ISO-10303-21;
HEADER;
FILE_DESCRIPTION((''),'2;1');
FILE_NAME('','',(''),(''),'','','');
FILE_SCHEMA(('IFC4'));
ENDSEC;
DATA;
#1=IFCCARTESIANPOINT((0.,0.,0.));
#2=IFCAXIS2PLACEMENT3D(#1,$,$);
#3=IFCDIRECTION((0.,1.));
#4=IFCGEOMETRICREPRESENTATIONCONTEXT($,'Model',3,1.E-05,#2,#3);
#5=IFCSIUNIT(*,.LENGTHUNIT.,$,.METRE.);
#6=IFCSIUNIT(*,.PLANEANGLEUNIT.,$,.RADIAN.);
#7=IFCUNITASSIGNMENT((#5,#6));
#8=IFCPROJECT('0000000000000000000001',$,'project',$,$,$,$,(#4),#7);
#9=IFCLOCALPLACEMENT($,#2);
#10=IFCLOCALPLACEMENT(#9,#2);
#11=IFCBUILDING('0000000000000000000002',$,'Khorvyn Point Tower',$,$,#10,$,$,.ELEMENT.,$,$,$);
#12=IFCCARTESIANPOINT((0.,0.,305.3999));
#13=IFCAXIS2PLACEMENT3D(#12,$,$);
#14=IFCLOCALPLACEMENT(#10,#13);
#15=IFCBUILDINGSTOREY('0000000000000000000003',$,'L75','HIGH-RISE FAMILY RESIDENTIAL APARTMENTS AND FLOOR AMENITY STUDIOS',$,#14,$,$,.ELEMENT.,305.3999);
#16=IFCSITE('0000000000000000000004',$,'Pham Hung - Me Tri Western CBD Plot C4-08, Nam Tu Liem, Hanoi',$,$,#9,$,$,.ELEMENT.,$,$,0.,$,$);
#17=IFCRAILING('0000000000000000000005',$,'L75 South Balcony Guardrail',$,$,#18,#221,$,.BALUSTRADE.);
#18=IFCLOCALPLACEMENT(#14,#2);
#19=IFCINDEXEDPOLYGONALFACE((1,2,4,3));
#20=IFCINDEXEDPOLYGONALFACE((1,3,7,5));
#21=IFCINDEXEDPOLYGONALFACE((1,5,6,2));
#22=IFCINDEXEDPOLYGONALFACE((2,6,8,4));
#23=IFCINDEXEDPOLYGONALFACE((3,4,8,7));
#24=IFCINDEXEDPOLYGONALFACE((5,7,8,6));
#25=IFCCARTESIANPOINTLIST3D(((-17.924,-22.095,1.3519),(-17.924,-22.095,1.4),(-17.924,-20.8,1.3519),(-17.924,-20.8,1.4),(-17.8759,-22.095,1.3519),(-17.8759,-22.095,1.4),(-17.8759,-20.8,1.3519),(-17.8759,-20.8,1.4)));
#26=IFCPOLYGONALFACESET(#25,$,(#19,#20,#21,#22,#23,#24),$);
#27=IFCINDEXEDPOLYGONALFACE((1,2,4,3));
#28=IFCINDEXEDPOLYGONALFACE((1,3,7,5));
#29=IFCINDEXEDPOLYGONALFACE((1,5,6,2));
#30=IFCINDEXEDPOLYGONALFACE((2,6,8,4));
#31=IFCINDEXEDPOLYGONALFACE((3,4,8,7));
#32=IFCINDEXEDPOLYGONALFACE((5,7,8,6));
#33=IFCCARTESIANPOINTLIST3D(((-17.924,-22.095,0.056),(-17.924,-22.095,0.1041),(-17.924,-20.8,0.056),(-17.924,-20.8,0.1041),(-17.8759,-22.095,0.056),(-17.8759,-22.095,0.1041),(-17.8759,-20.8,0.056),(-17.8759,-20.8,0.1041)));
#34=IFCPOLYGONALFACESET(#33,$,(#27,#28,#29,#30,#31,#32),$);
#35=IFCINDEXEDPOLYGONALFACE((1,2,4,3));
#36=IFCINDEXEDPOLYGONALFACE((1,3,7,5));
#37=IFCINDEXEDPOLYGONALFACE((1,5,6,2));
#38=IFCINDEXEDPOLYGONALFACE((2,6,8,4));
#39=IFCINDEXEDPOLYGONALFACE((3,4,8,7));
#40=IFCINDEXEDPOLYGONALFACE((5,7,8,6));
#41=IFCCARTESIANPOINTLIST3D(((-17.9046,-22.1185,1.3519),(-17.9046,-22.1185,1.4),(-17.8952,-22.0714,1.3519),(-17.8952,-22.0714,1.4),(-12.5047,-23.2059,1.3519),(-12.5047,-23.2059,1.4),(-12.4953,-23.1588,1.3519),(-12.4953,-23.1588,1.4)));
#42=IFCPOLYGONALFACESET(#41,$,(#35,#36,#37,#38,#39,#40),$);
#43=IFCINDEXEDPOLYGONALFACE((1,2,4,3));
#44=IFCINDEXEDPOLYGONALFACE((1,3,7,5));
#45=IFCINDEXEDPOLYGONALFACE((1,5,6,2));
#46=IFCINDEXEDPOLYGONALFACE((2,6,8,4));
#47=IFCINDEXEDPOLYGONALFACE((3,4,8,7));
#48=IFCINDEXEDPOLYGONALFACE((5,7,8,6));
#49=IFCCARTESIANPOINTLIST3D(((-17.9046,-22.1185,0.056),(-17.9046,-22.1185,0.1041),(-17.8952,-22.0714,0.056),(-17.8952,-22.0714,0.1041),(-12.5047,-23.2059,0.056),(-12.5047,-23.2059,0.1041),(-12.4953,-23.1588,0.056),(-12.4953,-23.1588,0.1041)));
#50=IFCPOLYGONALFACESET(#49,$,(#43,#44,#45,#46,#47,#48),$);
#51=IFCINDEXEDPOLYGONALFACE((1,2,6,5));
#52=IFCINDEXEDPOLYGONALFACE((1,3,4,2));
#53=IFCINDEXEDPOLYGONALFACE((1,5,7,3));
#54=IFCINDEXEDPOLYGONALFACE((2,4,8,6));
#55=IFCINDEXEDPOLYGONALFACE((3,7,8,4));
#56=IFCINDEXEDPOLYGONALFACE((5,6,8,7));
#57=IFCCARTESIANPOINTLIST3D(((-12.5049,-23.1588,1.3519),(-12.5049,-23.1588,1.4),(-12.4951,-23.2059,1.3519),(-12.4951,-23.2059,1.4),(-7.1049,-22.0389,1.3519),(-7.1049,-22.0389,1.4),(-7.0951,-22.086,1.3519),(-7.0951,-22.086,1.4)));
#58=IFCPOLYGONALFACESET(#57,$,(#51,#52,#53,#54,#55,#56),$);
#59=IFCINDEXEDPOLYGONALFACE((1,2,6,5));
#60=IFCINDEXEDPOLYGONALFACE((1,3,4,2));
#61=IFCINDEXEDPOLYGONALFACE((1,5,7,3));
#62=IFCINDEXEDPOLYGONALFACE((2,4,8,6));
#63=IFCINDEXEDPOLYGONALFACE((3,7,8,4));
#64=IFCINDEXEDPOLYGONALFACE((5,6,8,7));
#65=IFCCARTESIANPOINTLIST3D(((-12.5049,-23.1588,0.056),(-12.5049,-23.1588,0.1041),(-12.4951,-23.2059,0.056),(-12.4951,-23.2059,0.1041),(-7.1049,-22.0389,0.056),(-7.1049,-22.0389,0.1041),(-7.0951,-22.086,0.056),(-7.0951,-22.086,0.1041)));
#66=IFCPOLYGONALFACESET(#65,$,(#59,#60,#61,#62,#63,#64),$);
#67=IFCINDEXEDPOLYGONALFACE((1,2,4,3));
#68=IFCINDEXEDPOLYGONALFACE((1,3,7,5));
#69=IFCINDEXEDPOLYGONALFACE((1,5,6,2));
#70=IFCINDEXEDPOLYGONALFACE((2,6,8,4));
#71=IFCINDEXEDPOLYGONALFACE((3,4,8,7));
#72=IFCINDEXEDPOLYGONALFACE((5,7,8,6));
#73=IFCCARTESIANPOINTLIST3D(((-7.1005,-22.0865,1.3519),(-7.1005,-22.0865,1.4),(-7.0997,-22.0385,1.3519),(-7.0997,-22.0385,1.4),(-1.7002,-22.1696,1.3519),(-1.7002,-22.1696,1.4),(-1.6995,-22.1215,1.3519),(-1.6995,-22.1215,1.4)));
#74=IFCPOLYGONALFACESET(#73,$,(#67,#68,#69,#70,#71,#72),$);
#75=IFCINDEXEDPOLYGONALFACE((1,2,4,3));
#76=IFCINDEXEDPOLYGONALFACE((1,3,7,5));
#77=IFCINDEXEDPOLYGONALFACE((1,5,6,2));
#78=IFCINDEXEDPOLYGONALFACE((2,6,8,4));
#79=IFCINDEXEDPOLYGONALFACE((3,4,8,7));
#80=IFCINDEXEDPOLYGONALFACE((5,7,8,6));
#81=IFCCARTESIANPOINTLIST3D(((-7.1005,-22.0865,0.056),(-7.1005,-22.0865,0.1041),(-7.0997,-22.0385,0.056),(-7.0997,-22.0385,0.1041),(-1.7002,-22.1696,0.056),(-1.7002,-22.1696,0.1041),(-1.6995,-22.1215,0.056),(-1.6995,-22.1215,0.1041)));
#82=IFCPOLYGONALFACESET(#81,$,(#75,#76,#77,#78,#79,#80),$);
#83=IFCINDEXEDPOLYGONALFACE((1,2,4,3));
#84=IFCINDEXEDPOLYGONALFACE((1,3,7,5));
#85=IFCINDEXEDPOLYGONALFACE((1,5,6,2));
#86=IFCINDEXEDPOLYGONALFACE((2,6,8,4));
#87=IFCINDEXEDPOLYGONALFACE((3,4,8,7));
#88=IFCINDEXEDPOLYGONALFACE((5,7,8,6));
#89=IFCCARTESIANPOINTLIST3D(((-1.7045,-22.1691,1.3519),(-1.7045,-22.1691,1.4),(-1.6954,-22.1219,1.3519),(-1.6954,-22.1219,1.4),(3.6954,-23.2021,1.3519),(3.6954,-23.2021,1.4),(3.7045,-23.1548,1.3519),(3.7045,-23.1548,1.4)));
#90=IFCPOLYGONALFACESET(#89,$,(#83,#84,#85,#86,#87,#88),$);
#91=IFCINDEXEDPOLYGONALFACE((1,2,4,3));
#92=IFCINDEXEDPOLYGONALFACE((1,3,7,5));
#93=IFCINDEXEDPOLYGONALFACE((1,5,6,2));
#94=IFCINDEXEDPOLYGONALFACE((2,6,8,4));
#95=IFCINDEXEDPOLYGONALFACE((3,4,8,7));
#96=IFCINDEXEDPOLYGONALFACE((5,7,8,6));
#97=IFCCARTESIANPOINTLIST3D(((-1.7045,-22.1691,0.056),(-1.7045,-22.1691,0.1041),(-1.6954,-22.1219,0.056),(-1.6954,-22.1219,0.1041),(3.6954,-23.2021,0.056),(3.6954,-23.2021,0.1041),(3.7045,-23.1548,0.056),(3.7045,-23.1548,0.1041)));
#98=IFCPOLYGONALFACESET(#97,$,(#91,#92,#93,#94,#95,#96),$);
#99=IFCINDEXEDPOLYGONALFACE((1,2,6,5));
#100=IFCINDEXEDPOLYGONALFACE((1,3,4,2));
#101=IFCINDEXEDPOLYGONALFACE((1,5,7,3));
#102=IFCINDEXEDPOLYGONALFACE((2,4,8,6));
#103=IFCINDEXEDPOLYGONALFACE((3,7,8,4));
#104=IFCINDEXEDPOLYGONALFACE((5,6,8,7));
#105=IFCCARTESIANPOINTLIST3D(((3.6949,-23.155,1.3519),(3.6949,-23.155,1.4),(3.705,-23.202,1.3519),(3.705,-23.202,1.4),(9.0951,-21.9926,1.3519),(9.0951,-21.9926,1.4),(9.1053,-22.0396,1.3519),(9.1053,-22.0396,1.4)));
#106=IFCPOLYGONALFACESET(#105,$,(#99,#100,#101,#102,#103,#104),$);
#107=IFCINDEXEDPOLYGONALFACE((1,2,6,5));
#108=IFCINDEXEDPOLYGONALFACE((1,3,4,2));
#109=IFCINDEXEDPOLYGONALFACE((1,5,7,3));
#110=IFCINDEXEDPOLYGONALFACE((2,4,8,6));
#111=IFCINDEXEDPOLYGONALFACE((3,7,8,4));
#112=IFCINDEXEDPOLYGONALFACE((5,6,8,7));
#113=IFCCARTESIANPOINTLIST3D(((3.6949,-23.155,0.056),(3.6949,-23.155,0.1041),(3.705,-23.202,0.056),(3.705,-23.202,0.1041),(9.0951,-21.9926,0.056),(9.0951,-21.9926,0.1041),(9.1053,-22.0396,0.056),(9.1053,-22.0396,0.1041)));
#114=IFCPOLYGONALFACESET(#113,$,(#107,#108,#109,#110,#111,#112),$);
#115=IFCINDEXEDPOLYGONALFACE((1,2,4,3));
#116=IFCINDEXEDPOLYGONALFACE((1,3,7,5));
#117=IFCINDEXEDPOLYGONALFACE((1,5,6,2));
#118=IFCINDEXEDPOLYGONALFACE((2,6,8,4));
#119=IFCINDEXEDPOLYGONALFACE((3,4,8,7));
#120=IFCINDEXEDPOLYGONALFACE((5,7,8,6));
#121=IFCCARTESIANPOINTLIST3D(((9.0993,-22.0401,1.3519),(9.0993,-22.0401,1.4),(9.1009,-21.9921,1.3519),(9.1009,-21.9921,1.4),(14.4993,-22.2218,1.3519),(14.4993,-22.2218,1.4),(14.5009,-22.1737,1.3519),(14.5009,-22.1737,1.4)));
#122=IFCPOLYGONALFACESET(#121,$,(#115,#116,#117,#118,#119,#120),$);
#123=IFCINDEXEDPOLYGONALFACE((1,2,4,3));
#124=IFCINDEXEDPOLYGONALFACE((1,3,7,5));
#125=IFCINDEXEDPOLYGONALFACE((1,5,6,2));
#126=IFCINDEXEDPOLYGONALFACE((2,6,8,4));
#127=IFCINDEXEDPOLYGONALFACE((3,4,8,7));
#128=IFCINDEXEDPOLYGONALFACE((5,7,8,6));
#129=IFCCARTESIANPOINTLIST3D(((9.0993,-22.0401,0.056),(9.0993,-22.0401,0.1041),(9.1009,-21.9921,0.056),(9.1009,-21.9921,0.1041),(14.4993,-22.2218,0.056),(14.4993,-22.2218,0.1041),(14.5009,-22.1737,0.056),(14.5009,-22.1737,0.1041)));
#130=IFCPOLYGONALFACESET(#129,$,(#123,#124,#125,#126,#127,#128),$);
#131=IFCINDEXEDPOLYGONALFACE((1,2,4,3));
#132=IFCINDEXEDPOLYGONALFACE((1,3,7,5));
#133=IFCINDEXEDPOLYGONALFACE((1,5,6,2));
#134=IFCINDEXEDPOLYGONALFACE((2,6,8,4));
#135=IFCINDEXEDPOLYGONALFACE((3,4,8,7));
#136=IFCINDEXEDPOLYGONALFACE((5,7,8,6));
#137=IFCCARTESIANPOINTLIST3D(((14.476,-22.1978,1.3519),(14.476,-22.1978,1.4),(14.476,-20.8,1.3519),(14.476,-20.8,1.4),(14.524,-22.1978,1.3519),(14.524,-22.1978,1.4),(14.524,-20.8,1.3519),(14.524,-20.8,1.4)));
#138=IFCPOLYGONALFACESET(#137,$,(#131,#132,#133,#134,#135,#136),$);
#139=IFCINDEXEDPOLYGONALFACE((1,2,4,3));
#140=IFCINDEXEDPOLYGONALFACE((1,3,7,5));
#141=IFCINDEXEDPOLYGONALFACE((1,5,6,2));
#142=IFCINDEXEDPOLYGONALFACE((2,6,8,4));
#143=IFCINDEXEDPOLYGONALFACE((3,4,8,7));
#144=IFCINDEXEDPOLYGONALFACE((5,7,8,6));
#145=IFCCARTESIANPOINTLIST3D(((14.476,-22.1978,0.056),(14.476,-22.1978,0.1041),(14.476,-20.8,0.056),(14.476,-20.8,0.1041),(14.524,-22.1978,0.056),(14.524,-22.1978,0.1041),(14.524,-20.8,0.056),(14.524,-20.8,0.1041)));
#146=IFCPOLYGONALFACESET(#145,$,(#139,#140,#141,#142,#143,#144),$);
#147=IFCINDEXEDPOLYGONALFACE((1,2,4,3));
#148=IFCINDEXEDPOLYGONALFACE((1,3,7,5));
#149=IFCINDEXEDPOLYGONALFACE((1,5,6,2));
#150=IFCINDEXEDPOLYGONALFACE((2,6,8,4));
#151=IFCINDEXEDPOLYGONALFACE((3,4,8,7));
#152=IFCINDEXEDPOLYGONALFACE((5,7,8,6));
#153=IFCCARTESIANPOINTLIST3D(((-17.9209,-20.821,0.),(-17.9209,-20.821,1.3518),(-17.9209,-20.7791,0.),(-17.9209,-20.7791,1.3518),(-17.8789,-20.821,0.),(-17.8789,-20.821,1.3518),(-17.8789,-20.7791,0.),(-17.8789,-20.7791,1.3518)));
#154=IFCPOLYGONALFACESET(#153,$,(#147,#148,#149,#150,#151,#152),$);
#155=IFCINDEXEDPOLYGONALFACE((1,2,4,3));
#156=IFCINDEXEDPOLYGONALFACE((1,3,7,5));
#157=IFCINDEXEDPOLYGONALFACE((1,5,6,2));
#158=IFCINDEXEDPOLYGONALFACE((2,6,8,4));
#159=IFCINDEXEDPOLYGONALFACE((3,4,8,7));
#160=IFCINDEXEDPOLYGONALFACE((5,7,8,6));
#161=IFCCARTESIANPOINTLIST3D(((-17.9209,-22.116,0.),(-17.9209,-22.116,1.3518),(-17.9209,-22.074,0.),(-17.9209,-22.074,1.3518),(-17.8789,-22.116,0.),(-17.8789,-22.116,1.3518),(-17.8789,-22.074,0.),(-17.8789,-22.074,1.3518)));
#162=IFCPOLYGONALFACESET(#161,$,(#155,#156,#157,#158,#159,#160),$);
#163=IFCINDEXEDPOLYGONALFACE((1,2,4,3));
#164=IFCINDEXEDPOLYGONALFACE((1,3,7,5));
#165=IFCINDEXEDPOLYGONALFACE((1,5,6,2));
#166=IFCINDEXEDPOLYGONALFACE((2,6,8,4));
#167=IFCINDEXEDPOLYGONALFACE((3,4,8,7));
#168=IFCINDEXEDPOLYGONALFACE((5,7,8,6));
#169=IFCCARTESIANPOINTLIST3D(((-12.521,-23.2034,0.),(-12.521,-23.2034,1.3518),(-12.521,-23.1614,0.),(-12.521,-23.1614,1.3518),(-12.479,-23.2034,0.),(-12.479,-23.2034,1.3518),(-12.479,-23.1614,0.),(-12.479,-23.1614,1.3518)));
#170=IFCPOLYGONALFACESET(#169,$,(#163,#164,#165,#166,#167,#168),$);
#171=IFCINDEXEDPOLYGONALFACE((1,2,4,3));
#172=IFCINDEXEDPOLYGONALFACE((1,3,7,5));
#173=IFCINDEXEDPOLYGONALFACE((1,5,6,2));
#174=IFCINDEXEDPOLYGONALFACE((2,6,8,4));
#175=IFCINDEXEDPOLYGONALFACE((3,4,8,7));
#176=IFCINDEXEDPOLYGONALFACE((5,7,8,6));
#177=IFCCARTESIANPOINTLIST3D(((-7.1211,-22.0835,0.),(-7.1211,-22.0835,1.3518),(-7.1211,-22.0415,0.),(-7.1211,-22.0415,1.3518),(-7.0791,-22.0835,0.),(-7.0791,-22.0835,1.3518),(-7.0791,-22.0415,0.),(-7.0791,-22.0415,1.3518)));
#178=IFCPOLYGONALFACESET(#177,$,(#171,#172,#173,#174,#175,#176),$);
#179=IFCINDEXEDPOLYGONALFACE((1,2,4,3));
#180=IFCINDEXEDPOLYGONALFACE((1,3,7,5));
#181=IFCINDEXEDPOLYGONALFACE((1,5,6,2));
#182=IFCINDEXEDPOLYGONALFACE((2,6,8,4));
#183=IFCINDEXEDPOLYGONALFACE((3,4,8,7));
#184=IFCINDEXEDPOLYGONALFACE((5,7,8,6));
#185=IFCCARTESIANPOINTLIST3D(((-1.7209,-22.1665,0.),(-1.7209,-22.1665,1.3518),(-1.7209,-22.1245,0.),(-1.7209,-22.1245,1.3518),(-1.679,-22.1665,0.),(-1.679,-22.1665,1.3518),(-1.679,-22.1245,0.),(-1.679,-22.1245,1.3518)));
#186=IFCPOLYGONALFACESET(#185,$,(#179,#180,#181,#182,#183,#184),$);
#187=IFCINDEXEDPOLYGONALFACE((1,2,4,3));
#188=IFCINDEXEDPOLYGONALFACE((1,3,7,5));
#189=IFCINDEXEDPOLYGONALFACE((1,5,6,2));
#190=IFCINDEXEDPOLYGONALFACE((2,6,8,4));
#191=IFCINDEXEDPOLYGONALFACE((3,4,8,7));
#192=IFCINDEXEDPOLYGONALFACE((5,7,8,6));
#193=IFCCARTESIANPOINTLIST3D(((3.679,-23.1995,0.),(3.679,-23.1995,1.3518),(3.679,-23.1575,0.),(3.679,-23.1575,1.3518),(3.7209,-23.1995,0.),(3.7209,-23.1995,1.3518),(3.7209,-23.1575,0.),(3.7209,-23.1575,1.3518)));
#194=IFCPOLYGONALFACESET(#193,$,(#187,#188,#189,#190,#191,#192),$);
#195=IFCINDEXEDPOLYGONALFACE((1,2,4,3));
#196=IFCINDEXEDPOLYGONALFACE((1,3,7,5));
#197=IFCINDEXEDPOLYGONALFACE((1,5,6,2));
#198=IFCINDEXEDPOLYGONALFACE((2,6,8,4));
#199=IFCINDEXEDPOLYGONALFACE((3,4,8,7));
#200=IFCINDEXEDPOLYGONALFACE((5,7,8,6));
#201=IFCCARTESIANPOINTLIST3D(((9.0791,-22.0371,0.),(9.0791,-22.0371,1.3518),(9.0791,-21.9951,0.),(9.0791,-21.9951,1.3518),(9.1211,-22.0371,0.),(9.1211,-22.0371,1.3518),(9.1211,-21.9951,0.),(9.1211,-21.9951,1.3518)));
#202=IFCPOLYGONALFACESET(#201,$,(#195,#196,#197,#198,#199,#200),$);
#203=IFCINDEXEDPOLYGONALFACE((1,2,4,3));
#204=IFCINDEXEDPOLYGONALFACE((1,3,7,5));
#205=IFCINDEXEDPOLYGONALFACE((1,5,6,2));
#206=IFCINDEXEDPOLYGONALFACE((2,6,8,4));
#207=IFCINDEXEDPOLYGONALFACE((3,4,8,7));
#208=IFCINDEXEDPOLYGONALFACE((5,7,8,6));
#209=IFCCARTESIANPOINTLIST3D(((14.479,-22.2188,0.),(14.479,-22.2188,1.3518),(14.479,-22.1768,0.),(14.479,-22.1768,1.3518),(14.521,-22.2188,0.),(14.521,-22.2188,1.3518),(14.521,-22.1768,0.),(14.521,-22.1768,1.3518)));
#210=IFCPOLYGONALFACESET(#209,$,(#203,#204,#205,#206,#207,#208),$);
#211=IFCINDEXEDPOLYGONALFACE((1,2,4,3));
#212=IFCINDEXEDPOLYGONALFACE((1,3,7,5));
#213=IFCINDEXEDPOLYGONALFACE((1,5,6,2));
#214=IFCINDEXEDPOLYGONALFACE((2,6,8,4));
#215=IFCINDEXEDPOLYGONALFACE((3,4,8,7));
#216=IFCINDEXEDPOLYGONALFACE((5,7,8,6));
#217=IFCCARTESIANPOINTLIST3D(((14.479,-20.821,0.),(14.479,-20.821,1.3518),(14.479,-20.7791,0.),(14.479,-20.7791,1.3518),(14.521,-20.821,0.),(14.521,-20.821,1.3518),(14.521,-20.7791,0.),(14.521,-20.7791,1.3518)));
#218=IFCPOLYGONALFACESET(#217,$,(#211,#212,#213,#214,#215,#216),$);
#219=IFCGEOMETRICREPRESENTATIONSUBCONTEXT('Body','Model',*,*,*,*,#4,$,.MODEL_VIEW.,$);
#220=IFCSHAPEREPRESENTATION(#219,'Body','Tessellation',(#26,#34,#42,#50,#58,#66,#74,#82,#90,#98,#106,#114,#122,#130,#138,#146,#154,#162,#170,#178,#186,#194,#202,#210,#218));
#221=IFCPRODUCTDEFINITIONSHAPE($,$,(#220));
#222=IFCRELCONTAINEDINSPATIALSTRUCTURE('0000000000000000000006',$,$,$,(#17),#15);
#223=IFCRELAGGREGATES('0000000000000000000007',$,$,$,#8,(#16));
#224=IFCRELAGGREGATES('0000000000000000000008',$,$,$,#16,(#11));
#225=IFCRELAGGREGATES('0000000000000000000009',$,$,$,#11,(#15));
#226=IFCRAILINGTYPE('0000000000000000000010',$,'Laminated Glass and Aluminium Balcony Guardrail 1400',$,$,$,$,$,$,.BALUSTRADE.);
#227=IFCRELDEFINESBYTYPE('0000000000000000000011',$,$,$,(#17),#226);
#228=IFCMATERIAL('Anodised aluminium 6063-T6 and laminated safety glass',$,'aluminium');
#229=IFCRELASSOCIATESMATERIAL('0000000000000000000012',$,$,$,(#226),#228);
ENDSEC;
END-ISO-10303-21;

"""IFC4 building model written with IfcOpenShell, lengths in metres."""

from ifc_helpers import new_model, si_unit, direction, frame, origin, origin_2d, place, context, subcontext, project, spatial, rectangle, extrude, material, type_object, element, save


model = new_model("IFC4")

# Units and contexts
model_context = context("Model", 3, precision=1e-05, world=origin(), true_north=direction((0.0, 1.0)))
body_context = subcontext(model_context, "Body", "Model", "MODEL_VIEW")
ifc_project = project(units=[si_unit("LENGTHUNIT", "METRE"), si_unit("PLANEANGLEUNIT", "RADIAN")], contexts=[model_context])

# Site, building, storey
site_placement = place(None, origin())
site = spatial("IfcSite", under=ifc_project, at=site_placement, Name="Pham Hung - Me Tri Western CBD Plot C4-08, Nam Tu Liem, Hanoi", CompositionType="ELEMENT", RefElevation=0.0)
building_placement = place(site_placement, origin())
building = spatial("IfcBuilding", under=site, at=building_placement, Name="Khorvyn Point Tower", CompositionType="ELEMENT")
storey_placement = place(building_placement, frame((0.0, 0.0, 305.3999)))
storey = spatial("IfcBuildingStorey", under=building, at=storey_placement, Name="L75", Description="HIGH-RISE FAMILY RESIDENTIAL APARTMENTS AND FLOOR AMENITY STUDIOS", CompositionType="ELEMENT", Elevation=305.3999)

# Railing
ifc_material_1 = material(Name="Anodised aluminium 6063-T6 and laminated safety glass", Category="aluminium")
railing_type = type_object("IfcRailingType", Name="Laminated Glass and Aluminium Balcony Guardrail 1400", PredefinedType="BALUSTRADE", material=ifc_material_1)
railing_1_placement = place(storey_placement, frame((-17.8999, -20.8, 0.0)))
element("IfcRailing", 1, at=railing_1_placement, inside=storey, type_object=railing_type, Name="L75 South Balcony Guardrail", PredefinedType="BALUSTRADE", context=body_context, shape_type="SweptSolid", body=[
    extrude(rectangle(XDim=0.0481, YDim=0.0481, at=origin_2d()), frame((0.0, 0.0, 1.376), z_axis=(0.0, -1.0, 0.0), x_axis=(1.0, 0.0, 0.0)), (0.0, 0.0, 1.0), 1.2949),
    extrude(rectangle(XDim=0.0481, YDim=0.0481, at=origin_2d()), frame((0.0, 0.0, 0.0801), z_axis=(0.0, -1.0, 0.0), x_axis=(1.0, 0.0, 0.0)), (0.0, 0.0, 1.0), 1.2949),
    extrude(rectangle(XDim=0.0481, YDim=0.0481, at=origin_2d()), frame((0.0, -1.2949, 1.376), z_axis=(0.980321, -0.197412, 0.0), x_axis=(0.197412, 0.980321, 0.0)), (0.0, 0.0, 1.0), 5.5083),
    extrude(rectangle(XDim=0.0481, YDim=0.0481, at=origin_2d()), frame((0.0, -1.2949, 0.0801), z_axis=(0.980321, -0.197412, 0.0), x_axis=(0.197412, 0.980321, 0.0)), (0.0, 0.0, 1.0), 5.5083),
    extrude(rectangle(XDim=0.0481, YDim=0.0481, at=origin_2d()), frame((5.3999, -2.3823, 1.376), z_axis=(0.979165, 0.203067, 0.0), x_axis=(-0.203067, 0.979165, 0.0)), (0.0, 0.0, 1.0), 5.5149),
    extrude(rectangle(XDim=0.0481, YDim=0.0481, at=origin_2d()), frame((5.3999, -2.3823, 0.0801), z_axis=(0.979165, 0.203067, 0.0), x_axis=(-0.203067, 0.979165, 0.0)), (0.0, 0.0, 1.0), 5.5149),
    extrude(rectangle(XDim=0.0481, YDim=0.0481, at=origin_2d()), frame((10.7998, -1.2625, 1.376), z_axis=(0.999882, -0.01537, 0.0), x_axis=(0.01537, 0.999882, 0.0)), (0.0, 0.0, 1.0), 5.4009),
    extrude(rectangle(XDim=0.0481, YDim=0.0481, at=origin_2d()), frame((10.7998, -1.2625, 0.0801), z_axis=(0.999882, -0.01537, 0.0), x_axis=(0.01537, 0.999882, 0.0)), (0.0, 0.0, 1.0), 5.4009),
    extrude(rectangle(XDim=0.0481, YDim=0.0481, at=origin_2d()), frame((16.2, -1.3455, 1.376), z_axis=(0.982191, -0.187885, 0.0), x_axis=(0.187885, 0.982191, 0.0)), (0.0, 0.0, 1.0), 5.4978),
    extrude(rectangle(XDim=0.0481, YDim=0.0481, at=origin_2d()), frame((16.2, -1.3455, 0.0801), z_axis=(0.982191, -0.187885, 0.0), x_axis=(0.187885, 0.982191, 0.0)), (0.0, 0.0, 1.0), 5.4978),
    extrude(rectangle(XDim=0.0481, YDim=0.0481, at=origin_2d()), frame((21.5999, -2.3784, 1.376), z_axis=(0.97761, 0.210425, 0.0), x_axis=(-0.210425, 0.97761, 0.0)), (0.0, 0.0, 1.0), 5.5239),
    extrude(rectangle(XDim=0.0481, YDim=0.0481, at=origin_2d()), frame((21.5999, -2.3784, 0.0801), z_axis=(0.97761, 0.210425, 0.0), x_axis=(-0.210425, 0.97761, 0.0)), (0.0, 0.0, 1.0), 5.5239),
    extrude(rectangle(XDim=0.0481, YDim=0.0481, at=origin_2d()), frame((27.0, -1.2161, 1.376), z_axis=(0.999435, -0.033619, 0.0), x_axis=(0.033619, 0.999435, 0.0)), (0.0, 0.0, 1.0), 5.4031),
    extrude(rectangle(XDim=0.0481, YDim=0.0481, at=origin_2d()), frame((27.0, -1.2161, 0.0801), z_axis=(0.999435, -0.033619, 0.0), x_axis=(0.033619, 0.999435, 0.0)), (0.0, 0.0, 1.0), 5.4031),
    extrude(rectangle(XDim=0.0481, YDim=0.0481, at=origin_2d()), frame((32.3999, -1.3977, 1.376), z_axis=(0.0, 1.0, 0.0), x_axis=(-1.0, 0.0, 0.0)), (0.0, 0.0, 1.0), 1.3977),
    extrude(rectangle(XDim=0.0481, YDim=0.0481, at=origin_2d()), frame((32.3999, -1.3977, 0.0801), z_axis=(0.0, 1.0, 0.0), x_axis=(-1.0, 0.0, 0.0)), (0.0, 0.0, 1.0), 1.3977),
    extrude(rectangle(XDim=0.042, YDim=0.042, at=origin_2d()), origin(), (0.0, 0.0, 1.0), 1.3518),
    extrude(rectangle(XDim=0.042, YDim=0.042, at=origin_2d()), frame((0.0, -1.2949, 0.0)), (0.0, 0.0, 1.0), 1.3518),
    extrude(rectangle(XDim=0.042, YDim=0.042, at=origin_2d()), frame((5.3999, -2.3823, 0.0)), (0.0, 0.0, 1.0), 1.3518),
    extrude(rectangle(XDim=0.042, YDim=0.042, at=origin_2d()), frame((10.7998, -1.2625, 0.0)), (0.0, 0.0, 1.0), 1.3518),
    extrude(rectangle(XDim=0.042, YDim=0.042, at=origin_2d()), frame((16.2, -1.3455, 0.0)), (0.0, 0.0, 1.0), 1.3518),
    extrude(rectangle(XDim=0.042, YDim=0.042, at=origin_2d()), frame((21.5999, -2.3784, 0.0)), (0.0, 0.0, 1.0), 1.3518),
    extrude(rectangle(XDim=0.042, YDim=0.042, at=origin_2d()), frame((27.0, -1.2161, 0.0)), (0.0, 0.0, 1.0), 1.3518),
    extrude(rectangle(XDim=0.042, YDim=0.042, at=origin_2d()), frame((32.3999, -1.3977, 0.0)), (0.0, 0.0, 1.0), 1.3518),
    extrude(rectangle(XDim=0.042, YDim=0.042, at=origin_2d()), frame((32.3999, 0.0, 0.0)), (0.0, 0.0, 1.0), 1.3518),
])

save(model, "model.ifc")
